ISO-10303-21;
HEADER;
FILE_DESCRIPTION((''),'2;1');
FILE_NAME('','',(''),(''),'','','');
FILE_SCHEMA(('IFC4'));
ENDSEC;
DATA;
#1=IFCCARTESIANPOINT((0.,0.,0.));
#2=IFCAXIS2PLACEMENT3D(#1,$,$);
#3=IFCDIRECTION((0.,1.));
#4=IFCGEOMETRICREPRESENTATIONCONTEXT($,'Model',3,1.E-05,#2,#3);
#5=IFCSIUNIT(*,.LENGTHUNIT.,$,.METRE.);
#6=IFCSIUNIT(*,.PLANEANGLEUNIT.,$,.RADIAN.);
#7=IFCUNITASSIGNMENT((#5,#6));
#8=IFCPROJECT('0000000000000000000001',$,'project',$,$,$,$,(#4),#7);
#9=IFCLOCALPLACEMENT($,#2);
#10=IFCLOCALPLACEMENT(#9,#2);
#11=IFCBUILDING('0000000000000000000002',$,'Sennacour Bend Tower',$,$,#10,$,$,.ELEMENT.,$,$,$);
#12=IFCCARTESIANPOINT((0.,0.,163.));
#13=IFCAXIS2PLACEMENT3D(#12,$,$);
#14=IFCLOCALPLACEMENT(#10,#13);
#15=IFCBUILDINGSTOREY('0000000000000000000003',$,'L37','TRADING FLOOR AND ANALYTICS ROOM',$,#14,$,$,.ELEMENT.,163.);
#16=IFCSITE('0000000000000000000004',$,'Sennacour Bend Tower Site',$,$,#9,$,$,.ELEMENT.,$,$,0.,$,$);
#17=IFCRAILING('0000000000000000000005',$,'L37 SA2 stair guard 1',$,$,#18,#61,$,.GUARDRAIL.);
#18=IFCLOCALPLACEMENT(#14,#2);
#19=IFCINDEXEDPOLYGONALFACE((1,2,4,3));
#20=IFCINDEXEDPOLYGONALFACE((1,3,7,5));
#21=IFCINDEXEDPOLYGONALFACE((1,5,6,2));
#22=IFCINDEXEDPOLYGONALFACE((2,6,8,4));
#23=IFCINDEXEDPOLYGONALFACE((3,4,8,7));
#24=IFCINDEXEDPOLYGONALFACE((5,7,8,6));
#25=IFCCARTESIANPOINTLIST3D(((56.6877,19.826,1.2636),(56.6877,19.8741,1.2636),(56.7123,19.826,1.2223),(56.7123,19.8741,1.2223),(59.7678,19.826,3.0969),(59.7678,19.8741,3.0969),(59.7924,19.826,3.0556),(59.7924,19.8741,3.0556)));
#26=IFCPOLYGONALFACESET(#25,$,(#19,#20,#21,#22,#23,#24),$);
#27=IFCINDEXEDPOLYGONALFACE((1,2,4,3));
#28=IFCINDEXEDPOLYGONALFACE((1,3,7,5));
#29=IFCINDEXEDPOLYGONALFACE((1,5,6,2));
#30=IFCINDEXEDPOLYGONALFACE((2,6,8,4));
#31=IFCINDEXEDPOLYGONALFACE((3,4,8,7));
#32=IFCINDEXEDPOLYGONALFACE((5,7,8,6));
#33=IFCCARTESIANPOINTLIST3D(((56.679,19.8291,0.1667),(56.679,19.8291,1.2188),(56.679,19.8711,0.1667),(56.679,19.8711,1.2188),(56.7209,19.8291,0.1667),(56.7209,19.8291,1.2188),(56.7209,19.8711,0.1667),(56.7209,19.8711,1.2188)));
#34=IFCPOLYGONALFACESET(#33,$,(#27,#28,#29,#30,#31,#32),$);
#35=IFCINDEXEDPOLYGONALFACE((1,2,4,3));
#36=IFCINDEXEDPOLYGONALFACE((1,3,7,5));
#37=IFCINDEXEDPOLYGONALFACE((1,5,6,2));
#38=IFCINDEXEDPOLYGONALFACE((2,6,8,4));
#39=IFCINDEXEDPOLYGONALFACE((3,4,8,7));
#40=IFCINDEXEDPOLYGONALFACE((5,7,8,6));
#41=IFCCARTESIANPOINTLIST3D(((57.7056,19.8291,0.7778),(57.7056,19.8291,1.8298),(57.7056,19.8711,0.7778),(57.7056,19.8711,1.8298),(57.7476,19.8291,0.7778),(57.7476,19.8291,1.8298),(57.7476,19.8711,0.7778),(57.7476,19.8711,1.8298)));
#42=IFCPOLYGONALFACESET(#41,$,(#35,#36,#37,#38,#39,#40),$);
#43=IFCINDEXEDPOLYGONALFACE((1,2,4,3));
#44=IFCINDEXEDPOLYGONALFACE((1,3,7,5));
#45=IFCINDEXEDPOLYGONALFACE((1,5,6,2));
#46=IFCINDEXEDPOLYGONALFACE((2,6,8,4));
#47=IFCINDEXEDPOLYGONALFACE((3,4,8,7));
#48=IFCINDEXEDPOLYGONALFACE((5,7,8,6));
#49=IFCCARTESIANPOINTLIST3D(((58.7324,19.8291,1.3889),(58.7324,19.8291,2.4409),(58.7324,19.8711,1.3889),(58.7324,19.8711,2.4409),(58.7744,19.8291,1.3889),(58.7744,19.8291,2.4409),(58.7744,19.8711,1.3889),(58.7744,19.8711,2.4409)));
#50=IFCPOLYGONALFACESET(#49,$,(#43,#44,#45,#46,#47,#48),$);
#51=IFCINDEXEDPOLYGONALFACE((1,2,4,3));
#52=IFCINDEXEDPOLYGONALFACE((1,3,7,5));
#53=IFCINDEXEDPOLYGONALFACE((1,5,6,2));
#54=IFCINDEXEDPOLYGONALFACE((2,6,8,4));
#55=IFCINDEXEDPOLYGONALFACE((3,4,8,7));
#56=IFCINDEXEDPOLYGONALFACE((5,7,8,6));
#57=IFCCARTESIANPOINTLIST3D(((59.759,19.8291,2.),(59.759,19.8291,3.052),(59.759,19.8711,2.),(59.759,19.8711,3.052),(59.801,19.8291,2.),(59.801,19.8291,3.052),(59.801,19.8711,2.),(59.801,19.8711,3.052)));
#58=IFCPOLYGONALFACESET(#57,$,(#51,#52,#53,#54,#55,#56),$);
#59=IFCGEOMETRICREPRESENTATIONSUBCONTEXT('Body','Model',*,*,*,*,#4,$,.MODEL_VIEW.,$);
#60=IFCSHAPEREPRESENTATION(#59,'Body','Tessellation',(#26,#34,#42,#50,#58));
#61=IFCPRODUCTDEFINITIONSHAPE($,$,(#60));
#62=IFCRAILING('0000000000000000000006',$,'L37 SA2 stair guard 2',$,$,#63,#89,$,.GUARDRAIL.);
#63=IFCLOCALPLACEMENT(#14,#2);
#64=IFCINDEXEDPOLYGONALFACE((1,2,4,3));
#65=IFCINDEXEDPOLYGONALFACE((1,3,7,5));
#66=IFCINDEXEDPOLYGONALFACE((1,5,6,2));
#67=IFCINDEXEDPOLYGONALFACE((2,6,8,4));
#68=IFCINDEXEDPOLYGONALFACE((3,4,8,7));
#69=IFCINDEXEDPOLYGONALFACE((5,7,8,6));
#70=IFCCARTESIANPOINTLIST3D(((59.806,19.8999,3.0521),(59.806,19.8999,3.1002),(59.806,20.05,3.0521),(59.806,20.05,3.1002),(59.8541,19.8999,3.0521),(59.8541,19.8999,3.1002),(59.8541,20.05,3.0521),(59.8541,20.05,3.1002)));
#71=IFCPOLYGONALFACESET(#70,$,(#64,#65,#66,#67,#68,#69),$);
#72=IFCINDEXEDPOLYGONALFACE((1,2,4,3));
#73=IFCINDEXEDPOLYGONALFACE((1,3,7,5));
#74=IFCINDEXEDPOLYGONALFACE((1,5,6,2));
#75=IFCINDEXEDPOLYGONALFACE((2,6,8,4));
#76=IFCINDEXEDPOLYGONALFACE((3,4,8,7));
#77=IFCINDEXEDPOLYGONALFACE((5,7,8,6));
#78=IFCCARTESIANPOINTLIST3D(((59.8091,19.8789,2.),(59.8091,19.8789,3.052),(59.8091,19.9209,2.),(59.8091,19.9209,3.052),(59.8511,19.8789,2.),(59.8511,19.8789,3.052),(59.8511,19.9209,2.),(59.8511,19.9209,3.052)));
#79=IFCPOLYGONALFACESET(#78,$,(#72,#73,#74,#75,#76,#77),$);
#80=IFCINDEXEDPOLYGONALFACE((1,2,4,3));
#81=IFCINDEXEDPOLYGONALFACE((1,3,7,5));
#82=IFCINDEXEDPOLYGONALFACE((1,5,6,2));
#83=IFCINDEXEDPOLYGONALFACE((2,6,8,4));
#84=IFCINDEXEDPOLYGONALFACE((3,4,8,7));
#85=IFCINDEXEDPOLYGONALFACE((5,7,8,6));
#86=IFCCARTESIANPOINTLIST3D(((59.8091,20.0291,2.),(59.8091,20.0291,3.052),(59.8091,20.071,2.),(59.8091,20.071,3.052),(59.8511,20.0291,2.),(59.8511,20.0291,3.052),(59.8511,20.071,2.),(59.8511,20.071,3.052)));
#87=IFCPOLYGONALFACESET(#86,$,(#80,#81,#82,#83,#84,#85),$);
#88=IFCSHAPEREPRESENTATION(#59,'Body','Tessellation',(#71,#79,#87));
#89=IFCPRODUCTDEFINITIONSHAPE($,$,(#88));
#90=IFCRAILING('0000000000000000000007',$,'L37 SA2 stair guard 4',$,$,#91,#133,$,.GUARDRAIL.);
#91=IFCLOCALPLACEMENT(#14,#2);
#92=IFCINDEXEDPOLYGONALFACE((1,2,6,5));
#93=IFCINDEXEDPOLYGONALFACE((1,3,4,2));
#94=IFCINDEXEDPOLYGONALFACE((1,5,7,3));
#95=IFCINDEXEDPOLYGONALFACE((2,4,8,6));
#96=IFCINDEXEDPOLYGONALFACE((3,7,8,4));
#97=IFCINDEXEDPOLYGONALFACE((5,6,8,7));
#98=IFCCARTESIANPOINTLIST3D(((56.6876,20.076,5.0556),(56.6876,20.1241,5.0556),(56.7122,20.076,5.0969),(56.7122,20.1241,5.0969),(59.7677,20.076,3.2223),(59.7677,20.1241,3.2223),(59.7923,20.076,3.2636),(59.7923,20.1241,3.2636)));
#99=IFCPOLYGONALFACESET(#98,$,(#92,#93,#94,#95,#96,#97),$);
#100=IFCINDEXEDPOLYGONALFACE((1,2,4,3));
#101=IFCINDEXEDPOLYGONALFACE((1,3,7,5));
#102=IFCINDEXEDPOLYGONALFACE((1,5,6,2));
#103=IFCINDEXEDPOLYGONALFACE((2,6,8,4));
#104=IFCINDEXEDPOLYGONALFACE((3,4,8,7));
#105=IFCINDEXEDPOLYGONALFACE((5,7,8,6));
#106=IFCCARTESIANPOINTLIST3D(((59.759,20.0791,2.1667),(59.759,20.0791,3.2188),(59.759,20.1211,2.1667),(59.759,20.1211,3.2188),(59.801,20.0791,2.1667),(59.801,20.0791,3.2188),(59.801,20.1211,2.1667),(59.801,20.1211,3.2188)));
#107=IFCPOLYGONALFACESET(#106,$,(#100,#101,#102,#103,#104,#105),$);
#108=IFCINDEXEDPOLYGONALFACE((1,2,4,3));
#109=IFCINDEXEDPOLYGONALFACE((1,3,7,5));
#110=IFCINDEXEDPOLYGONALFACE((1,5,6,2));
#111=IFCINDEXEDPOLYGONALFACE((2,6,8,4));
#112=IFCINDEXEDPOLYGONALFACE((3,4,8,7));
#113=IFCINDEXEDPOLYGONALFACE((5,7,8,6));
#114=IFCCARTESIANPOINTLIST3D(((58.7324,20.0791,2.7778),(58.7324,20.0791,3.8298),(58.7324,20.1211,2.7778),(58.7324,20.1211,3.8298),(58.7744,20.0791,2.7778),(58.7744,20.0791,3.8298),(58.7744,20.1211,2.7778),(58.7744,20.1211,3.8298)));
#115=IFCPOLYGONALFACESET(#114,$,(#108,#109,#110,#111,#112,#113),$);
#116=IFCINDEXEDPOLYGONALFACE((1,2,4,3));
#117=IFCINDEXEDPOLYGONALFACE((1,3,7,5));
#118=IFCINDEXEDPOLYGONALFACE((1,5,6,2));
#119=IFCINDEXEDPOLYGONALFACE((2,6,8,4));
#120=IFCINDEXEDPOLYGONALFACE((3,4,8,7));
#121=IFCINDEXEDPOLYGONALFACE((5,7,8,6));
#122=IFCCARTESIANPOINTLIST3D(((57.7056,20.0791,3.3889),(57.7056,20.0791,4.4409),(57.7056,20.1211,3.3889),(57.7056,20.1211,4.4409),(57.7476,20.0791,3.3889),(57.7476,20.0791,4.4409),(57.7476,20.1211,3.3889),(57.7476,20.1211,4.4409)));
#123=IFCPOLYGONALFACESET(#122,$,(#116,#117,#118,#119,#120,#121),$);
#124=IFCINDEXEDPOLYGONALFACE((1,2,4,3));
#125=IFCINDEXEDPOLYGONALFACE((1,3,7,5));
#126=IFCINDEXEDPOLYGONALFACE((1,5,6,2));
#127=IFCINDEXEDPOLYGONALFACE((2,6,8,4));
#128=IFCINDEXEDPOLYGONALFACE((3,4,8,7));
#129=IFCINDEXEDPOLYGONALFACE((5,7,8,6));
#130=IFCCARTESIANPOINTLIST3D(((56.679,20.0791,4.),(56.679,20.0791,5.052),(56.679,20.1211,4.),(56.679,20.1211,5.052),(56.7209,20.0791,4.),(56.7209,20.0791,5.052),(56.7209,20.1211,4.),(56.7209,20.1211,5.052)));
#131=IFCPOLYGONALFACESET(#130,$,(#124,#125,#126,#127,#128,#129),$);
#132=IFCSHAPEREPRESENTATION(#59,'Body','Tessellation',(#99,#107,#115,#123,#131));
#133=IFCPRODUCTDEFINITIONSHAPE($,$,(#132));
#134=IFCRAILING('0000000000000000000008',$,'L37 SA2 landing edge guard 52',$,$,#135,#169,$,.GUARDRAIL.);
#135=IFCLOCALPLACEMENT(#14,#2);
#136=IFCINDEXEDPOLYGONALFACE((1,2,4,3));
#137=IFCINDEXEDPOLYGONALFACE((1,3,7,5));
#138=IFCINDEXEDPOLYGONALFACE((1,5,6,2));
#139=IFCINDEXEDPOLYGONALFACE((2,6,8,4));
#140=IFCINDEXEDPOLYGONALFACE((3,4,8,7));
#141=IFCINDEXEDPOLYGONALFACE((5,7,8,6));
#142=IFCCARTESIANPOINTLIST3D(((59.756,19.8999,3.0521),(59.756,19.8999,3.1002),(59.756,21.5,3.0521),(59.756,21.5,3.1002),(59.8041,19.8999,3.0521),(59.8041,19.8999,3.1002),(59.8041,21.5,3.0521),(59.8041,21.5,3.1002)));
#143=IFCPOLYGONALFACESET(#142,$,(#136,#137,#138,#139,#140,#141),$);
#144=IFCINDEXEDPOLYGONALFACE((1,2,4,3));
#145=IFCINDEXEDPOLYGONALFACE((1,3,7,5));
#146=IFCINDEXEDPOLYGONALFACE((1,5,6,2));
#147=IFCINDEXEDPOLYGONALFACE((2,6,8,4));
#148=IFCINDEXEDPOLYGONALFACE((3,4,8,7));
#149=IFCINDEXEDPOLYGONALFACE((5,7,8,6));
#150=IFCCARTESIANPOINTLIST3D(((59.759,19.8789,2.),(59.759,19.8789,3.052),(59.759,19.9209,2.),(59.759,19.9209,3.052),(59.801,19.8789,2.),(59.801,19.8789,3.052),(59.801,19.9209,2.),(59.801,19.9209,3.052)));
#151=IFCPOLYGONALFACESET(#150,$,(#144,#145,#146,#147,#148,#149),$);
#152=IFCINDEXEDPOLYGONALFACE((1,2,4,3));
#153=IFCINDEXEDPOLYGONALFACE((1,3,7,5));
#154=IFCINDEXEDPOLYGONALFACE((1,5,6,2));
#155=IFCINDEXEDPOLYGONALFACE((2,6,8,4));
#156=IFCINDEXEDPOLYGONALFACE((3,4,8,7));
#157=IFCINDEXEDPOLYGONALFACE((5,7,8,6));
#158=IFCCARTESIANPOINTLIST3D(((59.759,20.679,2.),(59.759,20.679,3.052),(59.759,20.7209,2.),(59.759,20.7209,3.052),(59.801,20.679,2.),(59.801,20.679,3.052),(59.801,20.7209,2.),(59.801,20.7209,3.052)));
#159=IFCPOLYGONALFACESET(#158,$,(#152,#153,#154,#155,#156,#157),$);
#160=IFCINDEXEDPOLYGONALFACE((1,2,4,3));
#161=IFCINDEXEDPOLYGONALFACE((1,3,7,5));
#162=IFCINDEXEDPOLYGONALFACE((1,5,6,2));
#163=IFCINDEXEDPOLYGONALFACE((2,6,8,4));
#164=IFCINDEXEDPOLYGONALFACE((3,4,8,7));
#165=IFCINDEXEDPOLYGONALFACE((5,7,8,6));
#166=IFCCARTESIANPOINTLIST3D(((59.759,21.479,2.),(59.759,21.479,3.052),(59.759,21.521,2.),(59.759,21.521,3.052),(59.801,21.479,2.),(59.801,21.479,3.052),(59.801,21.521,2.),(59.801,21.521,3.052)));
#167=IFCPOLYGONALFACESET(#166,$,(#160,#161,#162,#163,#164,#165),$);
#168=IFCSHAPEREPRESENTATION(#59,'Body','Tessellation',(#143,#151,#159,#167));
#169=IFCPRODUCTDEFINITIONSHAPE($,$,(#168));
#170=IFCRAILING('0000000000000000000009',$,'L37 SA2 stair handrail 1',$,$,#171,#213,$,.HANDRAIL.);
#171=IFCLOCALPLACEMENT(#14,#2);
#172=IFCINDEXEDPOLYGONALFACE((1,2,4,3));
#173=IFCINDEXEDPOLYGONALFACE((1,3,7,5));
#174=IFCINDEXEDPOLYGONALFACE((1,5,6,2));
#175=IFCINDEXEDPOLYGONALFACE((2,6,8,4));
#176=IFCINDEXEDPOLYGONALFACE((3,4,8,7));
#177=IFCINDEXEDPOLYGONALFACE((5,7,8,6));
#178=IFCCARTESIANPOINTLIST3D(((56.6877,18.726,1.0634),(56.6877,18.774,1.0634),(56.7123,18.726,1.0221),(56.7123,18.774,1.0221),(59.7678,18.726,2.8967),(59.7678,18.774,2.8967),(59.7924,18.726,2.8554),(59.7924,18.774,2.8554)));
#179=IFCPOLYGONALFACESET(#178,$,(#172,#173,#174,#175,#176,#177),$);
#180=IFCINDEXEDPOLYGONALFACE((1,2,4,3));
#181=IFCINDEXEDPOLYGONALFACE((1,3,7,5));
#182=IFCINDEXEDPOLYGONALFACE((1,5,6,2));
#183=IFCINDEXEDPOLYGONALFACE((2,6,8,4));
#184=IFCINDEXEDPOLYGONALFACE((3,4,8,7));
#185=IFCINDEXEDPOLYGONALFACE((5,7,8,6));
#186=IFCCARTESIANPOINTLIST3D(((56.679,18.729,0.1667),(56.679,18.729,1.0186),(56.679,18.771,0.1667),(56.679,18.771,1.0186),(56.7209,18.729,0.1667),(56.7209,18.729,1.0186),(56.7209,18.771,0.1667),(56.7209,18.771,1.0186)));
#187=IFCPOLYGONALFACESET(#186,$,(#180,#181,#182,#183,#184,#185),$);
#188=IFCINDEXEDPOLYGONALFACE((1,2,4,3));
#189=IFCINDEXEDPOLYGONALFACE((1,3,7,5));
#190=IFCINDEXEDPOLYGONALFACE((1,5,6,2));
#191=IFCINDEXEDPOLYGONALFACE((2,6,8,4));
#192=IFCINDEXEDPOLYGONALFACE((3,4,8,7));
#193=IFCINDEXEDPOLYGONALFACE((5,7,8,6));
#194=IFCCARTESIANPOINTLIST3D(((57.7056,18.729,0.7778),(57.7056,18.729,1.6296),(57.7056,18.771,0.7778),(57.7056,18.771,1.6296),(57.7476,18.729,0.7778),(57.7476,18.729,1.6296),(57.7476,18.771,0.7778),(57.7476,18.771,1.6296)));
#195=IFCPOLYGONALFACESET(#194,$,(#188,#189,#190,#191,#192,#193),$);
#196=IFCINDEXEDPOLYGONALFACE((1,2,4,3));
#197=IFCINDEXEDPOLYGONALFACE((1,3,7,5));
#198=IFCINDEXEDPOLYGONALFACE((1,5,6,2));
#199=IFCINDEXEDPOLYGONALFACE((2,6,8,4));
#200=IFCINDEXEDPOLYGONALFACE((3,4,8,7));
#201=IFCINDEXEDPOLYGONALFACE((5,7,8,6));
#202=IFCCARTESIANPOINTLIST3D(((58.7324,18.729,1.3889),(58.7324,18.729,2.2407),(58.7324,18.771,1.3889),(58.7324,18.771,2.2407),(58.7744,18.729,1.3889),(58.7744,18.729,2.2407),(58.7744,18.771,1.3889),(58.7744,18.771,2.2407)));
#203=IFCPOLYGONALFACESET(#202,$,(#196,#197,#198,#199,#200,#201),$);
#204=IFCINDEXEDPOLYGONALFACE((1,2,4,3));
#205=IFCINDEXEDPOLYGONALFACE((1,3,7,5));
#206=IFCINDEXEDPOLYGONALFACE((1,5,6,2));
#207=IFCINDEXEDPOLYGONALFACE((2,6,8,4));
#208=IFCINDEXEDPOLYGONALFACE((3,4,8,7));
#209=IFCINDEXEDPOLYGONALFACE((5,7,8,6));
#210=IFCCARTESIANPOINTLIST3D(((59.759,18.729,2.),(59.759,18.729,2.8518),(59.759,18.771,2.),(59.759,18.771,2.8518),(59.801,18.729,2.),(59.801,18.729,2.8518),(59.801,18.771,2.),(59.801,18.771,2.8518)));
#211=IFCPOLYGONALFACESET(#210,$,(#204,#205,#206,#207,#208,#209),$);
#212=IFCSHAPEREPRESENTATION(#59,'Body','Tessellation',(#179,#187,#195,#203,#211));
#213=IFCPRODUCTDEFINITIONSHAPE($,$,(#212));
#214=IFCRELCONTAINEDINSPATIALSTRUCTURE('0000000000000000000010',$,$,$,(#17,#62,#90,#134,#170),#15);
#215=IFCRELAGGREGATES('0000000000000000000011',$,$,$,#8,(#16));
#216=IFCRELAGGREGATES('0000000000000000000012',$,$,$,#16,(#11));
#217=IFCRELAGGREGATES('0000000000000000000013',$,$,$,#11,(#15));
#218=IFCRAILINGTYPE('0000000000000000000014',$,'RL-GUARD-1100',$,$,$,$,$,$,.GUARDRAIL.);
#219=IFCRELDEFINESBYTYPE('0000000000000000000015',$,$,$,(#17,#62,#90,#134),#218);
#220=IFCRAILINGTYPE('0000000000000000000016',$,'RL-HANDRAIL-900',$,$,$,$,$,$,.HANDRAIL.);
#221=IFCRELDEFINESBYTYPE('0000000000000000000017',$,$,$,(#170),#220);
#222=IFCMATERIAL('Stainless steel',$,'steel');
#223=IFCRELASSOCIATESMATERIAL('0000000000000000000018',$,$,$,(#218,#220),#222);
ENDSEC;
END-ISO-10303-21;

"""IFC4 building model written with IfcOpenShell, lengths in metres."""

from ifc_helpers import new_model, si_unit, direction, frame, origin, origin_2d, place, context, subcontext, project, spatial, rectangle, extrude, material, type_object, element, save


model = new_model("IFC4")

# Units and contexts
model_context = context("Model", 3, precision=1e-05, world=origin(), true_north=direction((0.0, 1.0)))
body_context = subcontext(model_context, "Body", "Model", "MODEL_VIEW")
ifc_project = project(units=[si_unit("LENGTHUNIT", "METRE"), si_unit("PLANEANGLEUNIT", "RADIAN")], contexts=[model_context])

# Site, building, storey
site_placement = place(None, origin())
site = spatial("IfcSite", under=ifc_project, at=site_placement, Name="Sennacour Bend Tower Site", CompositionType="ELEMENT", RefElevation=0.0)
building_placement = place(site_placement, origin())
building = spatial("IfcBuilding", under=site, at=building_placement, Name="Sennacour Bend Tower", CompositionType="ELEMENT")
storey_placement = place(building_placement, frame((0.0, 0.0, 163.0)))
storey = spatial("IfcBuildingStorey", under=building, at=storey_placement, Name="L37", Description="TRADING FLOOR AND ANALYTICS ROOM", CompositionType="ELEMENT", Elevation=163.0)

# Shared definitions
ifc_material_1 = material(Name="Stainless steel", Category="steel")

# Railings
railing_type_1 = type_object("IfcRailingType", Name="RL-GUARD-1100", PredefinedType="GUARDRAIL", material=ifc_material_1)
railing_1_placement = place(storey_placement, frame((56.7, 19.8501, 0.1667)))
element("IfcRailing", 1, at=railing_1_placement, inside=storey, type_object=railing_type_1, Name="L37 SA2 stair guard 1", PredefinedType="GUARDRAIL", context=body_context, shape_type="SweptSolid", body=[
    extrude(rectangle(XDim=0.0481, YDim=0.0481, at=origin_2d()), frame((0.0, 0.0, 1.0762), z_axis=(0.859309, 0.0, 0.511458), x_axis=(0.0, 1.0, 0.0)), (0.0, 0.0, 1.0), 3.5845),
    extrude(rectangle(XDim=0.042, YDim=0.042, at=origin_2d()), origin(), (0.0, 0.0, 1.0), 1.052),
    extrude(rectangle(XDim=0.042, YDim=0.042, at=origin_2d()), frame((1.0266, 0.0, 0.6111)), (0.0, 0.0, 1.0), 1.052),
    extrude(rectangle(XDim=0.042, YDim=0.042, at=origin_2d()), frame((2.0535, 0.0, 1.2222)), (0.0, 0.0, 1.0), 1.052),
    extrude(rectangle(XDim=0.042, YDim=0.042, at=origin_2d()), frame((3.0801, 0.0, 1.8333)), (0.0, 0.0, 1.0), 1.052),
])
railing_2_placement = place(storey_placement, frame((59.8301, 19.8999, 2.0)))
element("IfcRailing", 2, at=railing_2_placement, inside=storey, type_object=railing_type_1, Name="L37 SA2 stair guard 2", PredefinedType="GUARDRAIL", context=body_context, shape_type="SweptSolid", body=[
    extrude(rectangle(XDim=0.0481, YDim=0.0481, at=origin_2d()), frame((0.0, 0.0, 1.0762), z_axis=(0.0, 1.0, 0.0), x_axis=(-1.0, 0.0, 0.0)), (0.0, 0.0, 1.0), 0.1501),
    extrude(rectangle(XDim=0.042, YDim=0.042, at=origin_2d()), origin(), (0.0, 0.0, 1.0), 1.052),
    extrude(rectangle(XDim=0.042, YDim=0.042, at=origin_2d()), frame((0.0, 0.1501, 0.0)), (0.0, 0.0, 1.0), 1.052),
])
railing_3_placement = place(storey_placement, frame((59.78, 20.1001, 2.1667)))
element("IfcRailing", 3, at=railing_3_placement, inside=storey, type_object=railing_type_1, Name="L37 SA2 stair guard 4", PredefinedType="GUARDRAIL", context=body_context, shape_type="SweptSolid", body=[
    extrude(rectangle(XDim=0.0481, YDim=0.0481, at=origin_2d()), frame((0.0, 0.0, 1.0762), z_axis=(-0.859309, 0.0, 0.511458), x_axis=(0.0, -1.0, 0.0)), (0.0, 0.0, 1.0), 3.5845),
    extrude(rectangle(XDim=0.042, YDim=0.042, at=origin_2d()), origin(), (0.0, 0.0, 1.0), 1.052),
    extrude(rectangle(XDim=0.042, YDim=0.042, at=origin_2d()), frame((-1.0266, 0.0, 0.6111)), (0.0, 0.0, 1.0), 1.052),
    extrude(rectangle(XDim=0.042, YDim=0.042, at=origin_2d()), frame((-2.0535, 0.0, 1.2222)), (0.0, 0.0, 1.0), 1.052),
    extrude(rectangle(XDim=0.042, YDim=0.042, at=origin_2d()), frame((-3.0801, 0.0, 1.8333)), (0.0, 0.0, 1.0), 1.052),
])
railing_4_placement = place(storey_placement, frame((59.78, 19.8999, 2.0)))
element("IfcRailing", 4, at=railing_4_placement, inside=storey, type_object=railing_type_1, Name="L37 SA2 landing edge guard 52", PredefinedType="GUARDRAIL", context=body_context, shape_type="SweptSolid", body=[
    extrude(rectangle(XDim=0.0481, YDim=0.0481, at=origin_2d()), frame((0.0, 0.0, 1.0762), z_axis=(0.0, 1.0, 0.0), x_axis=(-1.0, 0.0, 0.0)), (0.0, 0.0, 1.0), 1.6001),
    extrude(rectangle(XDim=0.042, YDim=0.042, at=origin_2d()), origin(), (0.0, 0.0, 1.0), 1.052),
    extrude(rectangle(XDim=0.042, YDim=0.042, at=origin_2d()), frame((0.0, 0.8, 0.0)), (0.0, 0.0, 1.0), 1.052),
    extrude(rectangle(XDim=0.042, YDim=0.042, at=origin_2d()), frame((0.0, 1.6001, 0.0)), (0.0, 0.0, 1.0), 1.052),
])
railing_type_2 = type_object("IfcRailingType", Name="RL-HANDRAIL-900", PredefinedType="HANDRAIL", material=ifc_material_1)
railing_5_placement = place(storey_placement, frame((56.7, 18.75, 0.1667)))
element("IfcRailing", 5, at=railing_5_placement, inside=storey, type_object=railing_type_2, Name="L37 SA2 stair handrail 1", PredefinedType="HANDRAIL", context=body_context, shape_type="SweptSolid", body=[
    extrude(rectangle(XDim=0.0481, YDim=0.0481, at=origin_2d()), frame((0.0, 0.0, 0.876), z_axis=(0.859309, 0.0, 0.511458), x_axis=(0.0, 1.0, 0.0)), (0.0, 0.0, 1.0), 3.5845),
    extrude(rectangle(XDim=0.042, YDim=0.042, at=origin_2d()), origin(), (0.0, 0.0, 1.0), 0.8518),
    extrude(rectangle(XDim=0.042, YDim=0.042, at=origin_2d()), frame((1.0266, 0.0, 0.6111)), (0.0, 0.0, 1.0), 0.8518),
    extrude(rectangle(XDim=0.042, YDim=0.042, at=origin_2d()), frame((2.0535, 0.0, 1.2222)), (0.0, 0.0, 1.0), 0.8518),
    extrude(rectangle(XDim=0.042, YDim=0.042, at=origin_2d()), frame((3.0801, 0.0, 1.8333)), (0.0, 0.0, 1.0), 0.8518),
])

save(model, "model.ifc")
